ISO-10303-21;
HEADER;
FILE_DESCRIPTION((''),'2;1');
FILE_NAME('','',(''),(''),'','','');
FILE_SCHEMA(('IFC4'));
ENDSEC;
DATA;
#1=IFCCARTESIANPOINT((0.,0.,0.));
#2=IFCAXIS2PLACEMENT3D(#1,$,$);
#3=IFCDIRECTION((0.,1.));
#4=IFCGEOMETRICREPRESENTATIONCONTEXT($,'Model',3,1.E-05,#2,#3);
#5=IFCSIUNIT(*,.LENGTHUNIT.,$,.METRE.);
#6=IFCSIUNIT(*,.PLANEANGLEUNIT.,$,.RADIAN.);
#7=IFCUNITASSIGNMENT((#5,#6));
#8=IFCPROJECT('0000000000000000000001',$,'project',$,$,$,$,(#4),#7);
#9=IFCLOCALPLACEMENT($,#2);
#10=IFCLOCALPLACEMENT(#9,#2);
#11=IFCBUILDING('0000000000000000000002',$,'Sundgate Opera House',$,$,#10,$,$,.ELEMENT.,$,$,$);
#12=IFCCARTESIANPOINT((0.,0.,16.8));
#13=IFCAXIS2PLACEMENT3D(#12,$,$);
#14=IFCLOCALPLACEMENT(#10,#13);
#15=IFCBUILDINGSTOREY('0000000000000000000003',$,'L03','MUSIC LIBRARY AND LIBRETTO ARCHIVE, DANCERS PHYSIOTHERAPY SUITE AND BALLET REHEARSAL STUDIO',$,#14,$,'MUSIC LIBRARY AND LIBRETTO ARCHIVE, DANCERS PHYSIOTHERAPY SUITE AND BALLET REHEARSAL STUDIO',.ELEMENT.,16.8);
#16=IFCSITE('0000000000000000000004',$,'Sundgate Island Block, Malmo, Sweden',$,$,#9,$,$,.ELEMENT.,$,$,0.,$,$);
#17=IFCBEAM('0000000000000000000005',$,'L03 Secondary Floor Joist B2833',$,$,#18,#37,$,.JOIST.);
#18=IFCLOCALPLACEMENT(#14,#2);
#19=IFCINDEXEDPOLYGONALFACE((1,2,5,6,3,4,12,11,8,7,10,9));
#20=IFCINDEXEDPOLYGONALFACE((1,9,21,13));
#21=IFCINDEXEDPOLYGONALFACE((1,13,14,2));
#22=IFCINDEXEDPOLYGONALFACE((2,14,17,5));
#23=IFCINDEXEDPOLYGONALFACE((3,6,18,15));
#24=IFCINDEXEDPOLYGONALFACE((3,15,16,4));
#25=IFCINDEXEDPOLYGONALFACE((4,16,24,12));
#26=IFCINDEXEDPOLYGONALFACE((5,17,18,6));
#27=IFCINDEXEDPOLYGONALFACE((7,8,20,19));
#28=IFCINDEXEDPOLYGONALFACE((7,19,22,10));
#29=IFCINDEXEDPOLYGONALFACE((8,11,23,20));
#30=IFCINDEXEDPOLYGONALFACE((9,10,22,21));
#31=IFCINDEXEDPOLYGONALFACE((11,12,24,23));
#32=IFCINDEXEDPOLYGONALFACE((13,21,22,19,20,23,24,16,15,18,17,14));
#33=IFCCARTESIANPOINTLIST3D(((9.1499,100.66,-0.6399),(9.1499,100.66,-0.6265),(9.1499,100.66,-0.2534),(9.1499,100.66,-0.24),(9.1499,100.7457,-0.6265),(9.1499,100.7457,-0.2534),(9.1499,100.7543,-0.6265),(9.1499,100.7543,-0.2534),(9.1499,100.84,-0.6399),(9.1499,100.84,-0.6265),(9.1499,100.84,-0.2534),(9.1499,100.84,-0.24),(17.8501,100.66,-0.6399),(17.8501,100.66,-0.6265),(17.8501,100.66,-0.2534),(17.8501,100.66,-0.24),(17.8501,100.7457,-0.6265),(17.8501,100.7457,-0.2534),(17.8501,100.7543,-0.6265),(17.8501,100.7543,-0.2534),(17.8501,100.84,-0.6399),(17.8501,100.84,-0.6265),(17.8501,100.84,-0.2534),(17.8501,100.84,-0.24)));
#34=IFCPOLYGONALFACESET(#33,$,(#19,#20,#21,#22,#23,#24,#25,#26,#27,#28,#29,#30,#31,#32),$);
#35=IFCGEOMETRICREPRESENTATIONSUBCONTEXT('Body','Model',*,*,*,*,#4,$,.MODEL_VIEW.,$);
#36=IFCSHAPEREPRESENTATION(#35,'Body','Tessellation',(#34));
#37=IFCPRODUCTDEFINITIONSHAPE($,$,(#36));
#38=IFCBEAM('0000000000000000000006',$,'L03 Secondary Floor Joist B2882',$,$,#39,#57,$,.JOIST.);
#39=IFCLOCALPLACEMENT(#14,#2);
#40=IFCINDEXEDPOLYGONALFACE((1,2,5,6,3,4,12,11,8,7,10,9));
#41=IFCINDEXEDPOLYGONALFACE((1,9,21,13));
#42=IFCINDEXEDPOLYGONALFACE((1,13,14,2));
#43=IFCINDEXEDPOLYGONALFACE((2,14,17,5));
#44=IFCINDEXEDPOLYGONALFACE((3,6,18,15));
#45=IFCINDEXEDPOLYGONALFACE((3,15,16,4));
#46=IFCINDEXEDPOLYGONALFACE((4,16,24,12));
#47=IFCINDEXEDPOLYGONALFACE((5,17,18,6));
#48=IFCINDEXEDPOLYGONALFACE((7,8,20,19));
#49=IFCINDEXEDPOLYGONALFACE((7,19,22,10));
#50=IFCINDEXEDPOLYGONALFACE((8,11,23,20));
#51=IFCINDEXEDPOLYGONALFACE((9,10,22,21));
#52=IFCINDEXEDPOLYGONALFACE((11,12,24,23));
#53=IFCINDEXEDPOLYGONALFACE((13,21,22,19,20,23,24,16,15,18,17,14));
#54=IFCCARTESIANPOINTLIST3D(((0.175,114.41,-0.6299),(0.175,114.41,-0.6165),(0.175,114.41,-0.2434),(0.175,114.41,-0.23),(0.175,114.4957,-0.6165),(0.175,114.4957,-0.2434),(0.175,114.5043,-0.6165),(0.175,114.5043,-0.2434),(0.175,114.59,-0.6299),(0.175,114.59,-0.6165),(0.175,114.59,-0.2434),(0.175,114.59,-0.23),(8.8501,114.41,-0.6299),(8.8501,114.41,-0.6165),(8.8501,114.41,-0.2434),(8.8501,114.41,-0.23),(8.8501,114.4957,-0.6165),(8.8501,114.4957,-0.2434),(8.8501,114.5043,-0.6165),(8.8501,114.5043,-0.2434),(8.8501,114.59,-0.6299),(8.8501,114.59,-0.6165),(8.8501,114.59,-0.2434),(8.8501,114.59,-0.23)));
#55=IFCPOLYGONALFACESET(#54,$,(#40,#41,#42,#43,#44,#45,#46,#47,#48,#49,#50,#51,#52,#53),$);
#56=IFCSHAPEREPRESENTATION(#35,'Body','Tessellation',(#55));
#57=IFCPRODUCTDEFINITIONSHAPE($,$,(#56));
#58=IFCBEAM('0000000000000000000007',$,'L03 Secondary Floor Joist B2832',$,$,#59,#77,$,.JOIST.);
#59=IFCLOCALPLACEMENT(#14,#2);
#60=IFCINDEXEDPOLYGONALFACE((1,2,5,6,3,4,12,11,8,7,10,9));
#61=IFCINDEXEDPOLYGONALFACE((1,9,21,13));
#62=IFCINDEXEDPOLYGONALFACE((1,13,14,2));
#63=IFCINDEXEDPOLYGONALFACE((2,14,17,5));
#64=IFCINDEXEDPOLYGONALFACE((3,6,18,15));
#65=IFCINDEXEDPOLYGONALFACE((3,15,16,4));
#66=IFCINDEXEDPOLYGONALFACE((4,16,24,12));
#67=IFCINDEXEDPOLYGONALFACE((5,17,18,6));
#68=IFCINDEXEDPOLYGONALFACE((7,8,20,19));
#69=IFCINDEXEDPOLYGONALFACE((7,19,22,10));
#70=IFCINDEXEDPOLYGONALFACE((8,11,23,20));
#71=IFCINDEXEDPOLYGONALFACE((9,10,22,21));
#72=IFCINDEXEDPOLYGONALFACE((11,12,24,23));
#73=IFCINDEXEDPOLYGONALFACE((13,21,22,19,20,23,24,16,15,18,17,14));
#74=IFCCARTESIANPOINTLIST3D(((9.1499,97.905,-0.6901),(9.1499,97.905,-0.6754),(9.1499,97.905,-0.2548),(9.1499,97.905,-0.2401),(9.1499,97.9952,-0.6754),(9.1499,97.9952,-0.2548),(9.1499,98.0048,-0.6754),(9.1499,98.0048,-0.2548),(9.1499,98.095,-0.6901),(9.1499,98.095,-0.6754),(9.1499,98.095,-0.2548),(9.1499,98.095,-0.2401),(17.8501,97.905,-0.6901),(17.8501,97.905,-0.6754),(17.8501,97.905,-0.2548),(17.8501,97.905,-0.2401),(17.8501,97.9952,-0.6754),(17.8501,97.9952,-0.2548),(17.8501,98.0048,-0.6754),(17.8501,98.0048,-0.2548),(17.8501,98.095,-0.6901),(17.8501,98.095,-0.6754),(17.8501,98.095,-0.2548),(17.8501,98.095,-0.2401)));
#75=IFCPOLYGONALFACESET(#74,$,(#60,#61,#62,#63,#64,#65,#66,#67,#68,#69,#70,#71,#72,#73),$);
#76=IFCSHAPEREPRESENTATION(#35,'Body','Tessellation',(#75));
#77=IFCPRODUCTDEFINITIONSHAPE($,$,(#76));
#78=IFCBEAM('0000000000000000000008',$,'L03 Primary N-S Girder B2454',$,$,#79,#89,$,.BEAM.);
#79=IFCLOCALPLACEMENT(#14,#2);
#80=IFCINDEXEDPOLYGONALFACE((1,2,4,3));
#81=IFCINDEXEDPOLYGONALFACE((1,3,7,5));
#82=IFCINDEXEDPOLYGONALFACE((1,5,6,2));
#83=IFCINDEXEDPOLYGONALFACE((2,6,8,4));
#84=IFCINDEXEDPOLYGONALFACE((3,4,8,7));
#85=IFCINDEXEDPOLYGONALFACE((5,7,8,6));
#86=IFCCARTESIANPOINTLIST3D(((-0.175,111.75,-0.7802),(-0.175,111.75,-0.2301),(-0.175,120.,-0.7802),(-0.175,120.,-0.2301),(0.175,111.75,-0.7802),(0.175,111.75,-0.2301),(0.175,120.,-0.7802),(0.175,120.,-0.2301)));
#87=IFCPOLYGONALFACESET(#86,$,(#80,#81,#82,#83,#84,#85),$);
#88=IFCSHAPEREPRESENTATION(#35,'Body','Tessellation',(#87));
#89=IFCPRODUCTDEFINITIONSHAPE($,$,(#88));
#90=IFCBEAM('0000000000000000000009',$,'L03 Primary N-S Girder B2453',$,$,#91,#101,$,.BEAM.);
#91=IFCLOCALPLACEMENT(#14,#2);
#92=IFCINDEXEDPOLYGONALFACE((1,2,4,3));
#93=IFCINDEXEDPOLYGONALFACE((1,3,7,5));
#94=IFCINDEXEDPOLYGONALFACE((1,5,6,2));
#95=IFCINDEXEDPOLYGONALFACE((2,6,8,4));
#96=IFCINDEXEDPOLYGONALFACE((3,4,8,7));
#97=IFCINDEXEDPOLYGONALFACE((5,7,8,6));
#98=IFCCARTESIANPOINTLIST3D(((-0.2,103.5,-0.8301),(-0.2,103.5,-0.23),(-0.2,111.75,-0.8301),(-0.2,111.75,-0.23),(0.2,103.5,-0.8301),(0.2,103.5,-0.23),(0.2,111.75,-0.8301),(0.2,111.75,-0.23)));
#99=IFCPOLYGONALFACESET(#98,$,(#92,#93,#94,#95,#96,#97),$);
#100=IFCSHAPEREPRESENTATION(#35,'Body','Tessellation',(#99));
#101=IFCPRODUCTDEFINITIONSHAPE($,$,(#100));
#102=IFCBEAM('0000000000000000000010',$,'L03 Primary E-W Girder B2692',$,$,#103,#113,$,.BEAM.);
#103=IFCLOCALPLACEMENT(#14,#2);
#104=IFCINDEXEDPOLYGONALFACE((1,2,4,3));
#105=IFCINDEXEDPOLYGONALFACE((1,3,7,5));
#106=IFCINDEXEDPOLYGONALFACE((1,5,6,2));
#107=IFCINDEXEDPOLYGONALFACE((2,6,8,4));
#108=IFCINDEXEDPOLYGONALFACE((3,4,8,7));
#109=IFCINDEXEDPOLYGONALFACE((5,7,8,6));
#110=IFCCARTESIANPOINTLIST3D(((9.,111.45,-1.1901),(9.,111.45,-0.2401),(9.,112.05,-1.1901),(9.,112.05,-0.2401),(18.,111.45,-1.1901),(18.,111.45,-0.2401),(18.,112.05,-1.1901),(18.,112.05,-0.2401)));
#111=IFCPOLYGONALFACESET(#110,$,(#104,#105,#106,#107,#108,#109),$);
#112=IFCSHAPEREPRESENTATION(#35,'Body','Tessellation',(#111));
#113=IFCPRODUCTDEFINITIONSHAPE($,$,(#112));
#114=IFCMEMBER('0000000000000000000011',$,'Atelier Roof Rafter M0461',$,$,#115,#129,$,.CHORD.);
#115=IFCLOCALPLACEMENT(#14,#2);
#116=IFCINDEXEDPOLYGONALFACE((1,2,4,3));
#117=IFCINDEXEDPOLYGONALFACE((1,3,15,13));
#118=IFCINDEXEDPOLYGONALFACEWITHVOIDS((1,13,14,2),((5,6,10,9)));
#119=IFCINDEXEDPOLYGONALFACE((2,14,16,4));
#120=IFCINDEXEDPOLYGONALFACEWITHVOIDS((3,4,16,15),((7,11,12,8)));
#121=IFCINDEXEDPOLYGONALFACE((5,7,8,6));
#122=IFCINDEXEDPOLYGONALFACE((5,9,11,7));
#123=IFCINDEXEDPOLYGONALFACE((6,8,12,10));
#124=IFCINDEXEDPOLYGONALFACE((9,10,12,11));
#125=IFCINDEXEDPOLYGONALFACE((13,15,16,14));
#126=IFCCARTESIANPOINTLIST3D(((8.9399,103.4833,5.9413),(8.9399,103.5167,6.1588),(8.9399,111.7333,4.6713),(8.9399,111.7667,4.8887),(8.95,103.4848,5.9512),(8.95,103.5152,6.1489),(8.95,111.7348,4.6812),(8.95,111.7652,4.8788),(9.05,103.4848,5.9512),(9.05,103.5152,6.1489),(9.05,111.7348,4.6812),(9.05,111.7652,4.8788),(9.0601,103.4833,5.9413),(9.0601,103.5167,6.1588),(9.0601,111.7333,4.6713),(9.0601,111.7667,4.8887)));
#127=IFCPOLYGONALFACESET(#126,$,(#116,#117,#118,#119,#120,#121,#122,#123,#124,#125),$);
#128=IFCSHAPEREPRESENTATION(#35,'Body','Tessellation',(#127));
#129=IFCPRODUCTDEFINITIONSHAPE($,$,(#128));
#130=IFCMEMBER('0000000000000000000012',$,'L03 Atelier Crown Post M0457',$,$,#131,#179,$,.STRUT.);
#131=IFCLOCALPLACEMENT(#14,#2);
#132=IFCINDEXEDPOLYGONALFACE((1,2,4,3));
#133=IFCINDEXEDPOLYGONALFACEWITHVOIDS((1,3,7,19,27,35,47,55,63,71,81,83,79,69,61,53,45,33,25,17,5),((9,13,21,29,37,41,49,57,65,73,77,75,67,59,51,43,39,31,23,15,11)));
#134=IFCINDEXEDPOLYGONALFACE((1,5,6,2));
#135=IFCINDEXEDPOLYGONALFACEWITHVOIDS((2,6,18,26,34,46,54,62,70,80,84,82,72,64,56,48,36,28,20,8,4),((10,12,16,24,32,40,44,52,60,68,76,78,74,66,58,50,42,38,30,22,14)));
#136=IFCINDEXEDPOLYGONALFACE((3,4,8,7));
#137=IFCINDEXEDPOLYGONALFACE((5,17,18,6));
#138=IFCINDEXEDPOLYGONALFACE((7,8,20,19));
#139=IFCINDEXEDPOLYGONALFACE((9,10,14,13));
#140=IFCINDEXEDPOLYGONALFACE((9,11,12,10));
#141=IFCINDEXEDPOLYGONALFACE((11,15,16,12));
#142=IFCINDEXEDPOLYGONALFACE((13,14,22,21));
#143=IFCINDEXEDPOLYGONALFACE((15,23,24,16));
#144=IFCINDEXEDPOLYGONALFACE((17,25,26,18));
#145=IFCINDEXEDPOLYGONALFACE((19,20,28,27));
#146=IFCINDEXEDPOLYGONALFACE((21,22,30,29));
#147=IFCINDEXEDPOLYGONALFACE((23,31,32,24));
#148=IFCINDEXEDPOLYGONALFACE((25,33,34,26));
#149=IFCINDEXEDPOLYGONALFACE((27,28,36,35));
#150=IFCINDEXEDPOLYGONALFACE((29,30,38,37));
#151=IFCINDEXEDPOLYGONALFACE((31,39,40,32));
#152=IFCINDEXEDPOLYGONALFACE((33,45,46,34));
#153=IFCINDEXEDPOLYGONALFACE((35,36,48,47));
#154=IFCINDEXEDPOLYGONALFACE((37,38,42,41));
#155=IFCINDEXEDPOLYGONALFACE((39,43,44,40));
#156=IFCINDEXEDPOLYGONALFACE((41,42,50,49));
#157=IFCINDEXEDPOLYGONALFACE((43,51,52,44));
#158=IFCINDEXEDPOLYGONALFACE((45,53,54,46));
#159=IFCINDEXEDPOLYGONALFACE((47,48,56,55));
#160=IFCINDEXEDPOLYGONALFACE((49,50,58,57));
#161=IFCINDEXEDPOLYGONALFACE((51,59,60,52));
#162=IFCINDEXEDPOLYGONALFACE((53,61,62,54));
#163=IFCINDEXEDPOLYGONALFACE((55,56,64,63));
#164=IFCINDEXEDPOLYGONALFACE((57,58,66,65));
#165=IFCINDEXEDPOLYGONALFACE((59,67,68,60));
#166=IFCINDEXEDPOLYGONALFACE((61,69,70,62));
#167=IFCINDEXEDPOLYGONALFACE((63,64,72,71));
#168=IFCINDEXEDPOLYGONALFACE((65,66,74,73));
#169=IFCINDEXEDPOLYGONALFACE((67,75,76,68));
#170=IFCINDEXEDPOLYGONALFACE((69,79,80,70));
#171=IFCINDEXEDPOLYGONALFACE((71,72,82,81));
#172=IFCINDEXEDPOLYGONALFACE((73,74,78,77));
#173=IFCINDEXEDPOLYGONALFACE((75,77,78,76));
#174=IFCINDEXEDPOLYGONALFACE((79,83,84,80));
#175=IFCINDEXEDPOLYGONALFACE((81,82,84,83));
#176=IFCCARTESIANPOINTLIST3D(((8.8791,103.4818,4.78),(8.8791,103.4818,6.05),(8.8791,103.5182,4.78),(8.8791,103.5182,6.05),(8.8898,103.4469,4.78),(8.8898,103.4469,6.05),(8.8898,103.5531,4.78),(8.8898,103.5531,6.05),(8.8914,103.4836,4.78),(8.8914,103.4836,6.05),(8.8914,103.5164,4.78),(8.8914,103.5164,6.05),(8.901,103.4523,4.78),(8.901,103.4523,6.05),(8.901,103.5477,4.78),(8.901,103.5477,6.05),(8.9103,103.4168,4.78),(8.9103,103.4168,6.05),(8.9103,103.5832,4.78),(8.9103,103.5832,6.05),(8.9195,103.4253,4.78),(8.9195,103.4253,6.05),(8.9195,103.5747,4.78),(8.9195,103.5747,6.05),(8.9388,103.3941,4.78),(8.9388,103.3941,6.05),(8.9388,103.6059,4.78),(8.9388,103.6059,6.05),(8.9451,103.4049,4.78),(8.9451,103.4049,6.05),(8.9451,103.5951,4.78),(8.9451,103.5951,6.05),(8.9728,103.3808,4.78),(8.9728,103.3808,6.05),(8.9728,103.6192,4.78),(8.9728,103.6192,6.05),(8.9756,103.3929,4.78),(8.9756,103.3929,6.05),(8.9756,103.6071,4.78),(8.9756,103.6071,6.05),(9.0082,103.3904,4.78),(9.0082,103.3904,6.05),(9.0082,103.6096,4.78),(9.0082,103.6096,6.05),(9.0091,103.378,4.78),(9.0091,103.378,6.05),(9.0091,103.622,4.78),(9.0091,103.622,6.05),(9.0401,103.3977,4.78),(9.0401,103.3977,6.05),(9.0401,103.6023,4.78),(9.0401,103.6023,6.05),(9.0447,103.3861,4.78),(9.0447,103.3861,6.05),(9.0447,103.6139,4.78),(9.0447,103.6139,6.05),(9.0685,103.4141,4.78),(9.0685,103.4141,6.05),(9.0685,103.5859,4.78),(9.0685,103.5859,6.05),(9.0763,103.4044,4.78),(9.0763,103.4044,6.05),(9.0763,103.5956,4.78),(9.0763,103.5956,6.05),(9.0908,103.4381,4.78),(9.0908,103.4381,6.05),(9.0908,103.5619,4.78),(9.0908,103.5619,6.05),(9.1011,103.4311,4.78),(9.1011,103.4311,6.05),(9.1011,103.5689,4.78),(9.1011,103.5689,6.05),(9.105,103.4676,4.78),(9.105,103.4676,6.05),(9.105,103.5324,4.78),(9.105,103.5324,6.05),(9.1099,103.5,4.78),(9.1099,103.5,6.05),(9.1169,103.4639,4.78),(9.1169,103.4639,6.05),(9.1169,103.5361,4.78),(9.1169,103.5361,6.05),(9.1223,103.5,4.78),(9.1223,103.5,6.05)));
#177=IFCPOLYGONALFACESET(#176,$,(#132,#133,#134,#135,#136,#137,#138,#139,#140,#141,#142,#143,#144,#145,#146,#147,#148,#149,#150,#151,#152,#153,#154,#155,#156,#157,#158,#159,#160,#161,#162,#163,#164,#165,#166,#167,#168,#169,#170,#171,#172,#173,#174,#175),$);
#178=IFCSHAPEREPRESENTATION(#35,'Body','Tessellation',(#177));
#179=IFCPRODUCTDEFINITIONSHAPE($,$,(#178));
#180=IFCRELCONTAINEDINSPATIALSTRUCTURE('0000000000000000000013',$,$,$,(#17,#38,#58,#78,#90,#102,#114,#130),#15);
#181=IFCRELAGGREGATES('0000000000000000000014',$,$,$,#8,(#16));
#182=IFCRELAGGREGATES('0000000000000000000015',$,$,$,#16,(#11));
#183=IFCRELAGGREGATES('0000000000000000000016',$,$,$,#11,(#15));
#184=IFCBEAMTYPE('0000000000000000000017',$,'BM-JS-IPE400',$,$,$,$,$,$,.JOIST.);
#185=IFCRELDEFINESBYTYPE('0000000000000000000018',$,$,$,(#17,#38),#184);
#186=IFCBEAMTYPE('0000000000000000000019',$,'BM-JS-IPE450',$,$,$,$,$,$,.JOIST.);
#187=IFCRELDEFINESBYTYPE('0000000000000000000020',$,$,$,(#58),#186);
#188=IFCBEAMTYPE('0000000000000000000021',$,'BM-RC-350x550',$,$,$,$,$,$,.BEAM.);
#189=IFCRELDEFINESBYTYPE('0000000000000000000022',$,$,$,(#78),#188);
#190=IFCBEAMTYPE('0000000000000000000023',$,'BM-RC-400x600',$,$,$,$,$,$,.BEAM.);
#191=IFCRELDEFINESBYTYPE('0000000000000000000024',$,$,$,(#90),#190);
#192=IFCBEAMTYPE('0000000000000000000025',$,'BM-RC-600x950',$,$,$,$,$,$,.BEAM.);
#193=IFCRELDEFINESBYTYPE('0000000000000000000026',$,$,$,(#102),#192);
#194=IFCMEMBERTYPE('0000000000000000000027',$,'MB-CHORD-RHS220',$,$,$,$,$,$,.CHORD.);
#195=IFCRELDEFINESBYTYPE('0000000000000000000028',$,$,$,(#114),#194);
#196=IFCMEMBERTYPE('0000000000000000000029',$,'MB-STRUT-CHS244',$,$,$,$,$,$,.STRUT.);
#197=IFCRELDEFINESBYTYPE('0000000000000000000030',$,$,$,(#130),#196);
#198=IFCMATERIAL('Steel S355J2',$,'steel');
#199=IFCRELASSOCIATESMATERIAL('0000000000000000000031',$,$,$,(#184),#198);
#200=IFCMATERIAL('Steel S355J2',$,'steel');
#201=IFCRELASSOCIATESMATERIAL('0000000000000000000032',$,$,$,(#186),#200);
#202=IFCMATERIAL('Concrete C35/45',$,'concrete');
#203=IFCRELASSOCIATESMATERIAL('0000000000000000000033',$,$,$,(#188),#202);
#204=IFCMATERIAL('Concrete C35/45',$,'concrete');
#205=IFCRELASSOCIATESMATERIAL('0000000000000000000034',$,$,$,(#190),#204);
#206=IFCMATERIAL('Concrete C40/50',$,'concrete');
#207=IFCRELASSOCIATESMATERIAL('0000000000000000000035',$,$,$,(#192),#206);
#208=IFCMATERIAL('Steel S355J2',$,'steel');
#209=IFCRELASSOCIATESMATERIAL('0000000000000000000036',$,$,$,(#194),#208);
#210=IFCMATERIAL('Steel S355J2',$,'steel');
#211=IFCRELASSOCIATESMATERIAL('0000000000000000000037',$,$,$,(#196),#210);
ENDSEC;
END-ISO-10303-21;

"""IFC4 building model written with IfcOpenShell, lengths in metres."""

from ifc_helpers import new_model, si_unit, direction, frame, origin, origin_2d, place, context, subcontext, project, spatial, rectangle, hollow_rectangle, hollow_circle, i_section, extrude, material, material_profile, profile_set, type_object, element, save


model = new_model("IFC4")

# Units and contexts
model_context = context("Model", 3, precision=1e-05, world=origin(), true_north=direction((0.0, 1.0)))
body_context = subcontext(model_context, "Body", "Model", "MODEL_VIEW")
ifc_project = project(units=[si_unit("LENGTHUNIT", "METRE"), si_unit("PLANEANGLEUNIT", "RADIAN")], contexts=[model_context])

# Site, building, storey
site_placement = place(None, origin())
site = spatial("IfcSite", under=ifc_project, at=site_placement, Name="Sundgate Island Block, Malmo, Sweden", CompositionType="ELEMENT", RefElevation=0.0)
building_placement = place(site_placement, origin())
building = spatial("IfcBuilding", under=site, at=building_placement, Name="Sundgate Opera House", CompositionType="ELEMENT")
storey_placement = place(building_placement, frame((0.0, 0.0, 16.8)))
storey = spatial("IfcBuildingStorey", under=building, at=storey_placement, Name="L03", Description="MUSIC LIBRARY AND LIBRETTO ARCHIVE, DANCERS PHYSIOTHERAPY SUITE AND BALLET REHEARSAL STUDIO", LongName="MUSIC LIBRARY AND LIBRETTO ARCHIVE, DANCERS PHYSIOTHERAPY SUITE AND BALLET REHEARSAL STUDIO", CompositionType="ELEMENT", Elevation=16.8)

# Beams
ifc_material_1 = material(Name="Steel S355J2", Category="steel")
ifc_material_profile_1 = material_profile(ifc_material_1, i_section(OverallWidth=0.1799, OverallDepth=0.3999, WebThickness=0.0085, FlangeThickness=0.0134, at=origin_2d()), Name="IPE 400")
ifc_profile_set_1 = profile_set([ifc_material_profile_1], Name="Steel S355J2")
beam_type_1 = type_object("IfcBeamType", Name="BM-JS-IPE400", PredefinedType="JOIST", material=ifc_profile_set_1)
beam_1_placement = place(storey_placement, frame((9.1499, 100.75, -0.4399), z_axis=(1.0, 0.0, 0.0), x_axis=(0.0, 1.0, 0.0)))
element("IfcBeam", 1, at=beam_1_placement, inside=storey, type_object=beam_type_1, Name="L03 Secondary Floor Joist B2833", PredefinedType="JOIST", context=body_context, shape_type="SweptSolid", body=[
    extrude(i_section(OverallWidth=0.1799, OverallDepth=0.3999, WebThickness=0.0085, FlangeThickness=0.0134, at=origin_2d()), origin(), (0.0, 0.0, 1.0), 8.7002),
])
beam_2_placement = place(storey_placement, frame((0.175, 114.5, -0.4299), z_axis=(1.0, 0.0, 0.0), x_axis=(0.0, 1.0, 0.0)))
element("IfcBeam", 2, at=beam_2_placement, inside=storey, type_object=beam_type_1, Name="L03 Secondary Floor Joist B2882", PredefinedType="JOIST", context=body_context, shape_type="SweptSolid", body=[
    extrude(i_section(OverallWidth=0.1799, OverallDepth=0.3999, WebThickness=0.0085, FlangeThickness=0.0134, at=origin_2d()), origin(), (0.0, 0.0, 1.0), 8.675),
])
ifc_material_2 = material(Name="Steel S355J2", Category="steel")
ifc_material_profile_2 = material_profile(ifc_material_2, i_section(OverallWidth=0.1899, OverallDepth=0.45, WebThickness=0.0095, FlangeThickness=0.0146, at=origin_2d()), Name="IPE 450")
ifc_profile_set_2 = profile_set([ifc_material_profile_2], Name="Steel S355J2")
beam_type_2 = type_object("IfcBeamType", Name="BM-JS-IPE450", PredefinedType="JOIST", material=ifc_profile_set_2)
beam_3_placement = place(storey_placement, frame((9.1499, 98.0, -0.4651), z_axis=(1.0, 0.0, 0.0), x_axis=(0.0, 1.0, 0.0)))
element("IfcBeam", 3, at=beam_3_placement, inside=storey, type_object=beam_type_2, Name="L03 Secondary Floor Joist B2832", PredefinedType="JOIST", context=body_context, shape_type="SweptSolid", body=[
    extrude(i_section(OverallWidth=0.1899, OverallDepth=0.45, WebThickness=0.0095, FlangeThickness=0.0146, at=origin_2d()), origin(), (0.0, 0.0, 1.0), 8.7002),
])
ifc_material_3 = material(Name="Concrete C35/45", Category="concrete")
ifc_material_profile_3 = material_profile(ifc_material_3, rectangle(XDim=0.3501, YDim=0.55, at=origin_2d()), Name="RC 350x550")
ifc_profile_set_3 = profile_set([ifc_material_profile_3], Name="Concrete C35/45")
beam_type_3 = type_object("IfcBeamType", Name="BM-RC-350x550", PredefinedType="BEAM", material=ifc_profile_set_3)
beam_4_placement = place(storey_placement, frame((0.0, 111.75, -0.5051), z_axis=(0.0, 1.0, 0.0), x_axis=(-1.0, 0.0, 0.0)))
element("IfcBeam", 4, at=beam_4_placement, inside=storey, type_object=beam_type_3, Name="L03 Primary N-S Girder B2454", PredefinedType="BEAM", context=body_context, shape_type="SweptSolid", body=[
    extrude(rectangle(XDim=0.3501, YDim=0.55, at=origin_2d()), origin(), (0.0, 0.0, 1.0), 8.25),
])
ifc_material_4 = material(Name="Concrete C35/45", Category="concrete")
ifc_material_profile_4 = material_profile(ifc_material_4, rectangle(XDim=0.3999, YDim=0.6001, at=origin_2d()), Name="RC 400x600")
ifc_profile_set_4 = profile_set([ifc_material_profile_4], Name="Concrete C35/45")
beam_type_4 = type_object("IfcBeamType", Name="BM-RC-400x600", PredefinedType="BEAM", material=ifc_profile_set_4)
beam_5_placement = place(storey_placement, frame((0.0, 103.5, -0.53), z_axis=(0.0, 1.0, 0.0), x_axis=(-1.0, 0.0, 0.0)))
element("IfcBeam", 5, at=beam_5_placement, inside=storey, type_object=beam_type_4, Name="L03 Primary N-S Girder B2453", PredefinedType="BEAM", context=body_context, shape_type="SweptSolid", body=[
    extrude(rectangle(XDim=0.3999, YDim=0.6001, at=origin_2d()), origin(), (0.0, 0.0, 1.0), 8.25),
])
ifc_material_5 = material(Name="Concrete C40/50", Category="concrete")
ifc_material_profile_5 = material_profile(ifc_material_5, rectangle(XDim=0.6001, YDim=0.95, at=origin_2d()), Name="RC 600x950")
ifc_profile_set_5 = profile_set([ifc_material_profile_5], Name="Concrete C40/50")
beam_type_5 = type_object("IfcBeamType", Name="BM-RC-600x950", PredefinedType="BEAM", material=ifc_profile_set_5)
beam_6_placement = place(storey_placement, frame((9.0, 111.75, -0.7151), z_axis=(1.0, 0.0, 0.0), x_axis=(0.0, 1.0, 0.0)))
element("IfcBeam", 6, at=beam_6_placement, inside=storey, type_object=beam_type_5, Name="L03 Primary E-W Girder B2692", PredefinedType="BEAM", context=body_context, shape_type="SweptSolid", body=[
    extrude(rectangle(XDim=0.6001, YDim=0.95, at=origin_2d()), origin(), (0.0, 0.0, 1.0), 9.0),
])

# Members
ifc_material_6 = material(Name="Steel S355J2", Category="steel")
ifc_material_profile_6 = material_profile(ifc_material_6, hollow_rectangle(XDim=0.1201, YDim=0.22, WallThickness=0.01, at=origin_2d()), Name="RHS 220x120x10.0")
ifc_profile_set_6 = profile_set([ifc_material_profile_6], Name="Steel S355J2")
member_type_1 = type_object("IfcMemberType", Name="MB-CHORD-RHS220", PredefinedType="CHORD", material=ifc_profile_set_6)
member_1_placement = place(storey_placement, frame((9.0, 103.5, 6.05), z_axis=(0.0, 0.988357, -0.152149), x_axis=(-1.0, 0.0, 0.0)))
element("IfcMember", 7, at=member_1_placement, inside=storey, type_object=member_type_1, Name="Atelier Roof Rafter M0461", PredefinedType="CHORD", context=body_context, shape_type="SweptSolid", body=[
    extrude(hollow_rectangle(XDim=0.1201, YDim=0.22, WallThickness=0.01, at=origin_2d()), origin(), (0.0, 0.0, 1.0), 8.3472),
])
ifc_material_7 = material(Name="Steel S355J2", Category="steel")
ifc_material_profile_7 = material_profile(ifc_material_7, hollow_circle(Radius=0.1223, WallThickness=0.0125, at=origin_2d()), Name="CHS 244.5x12.5")
ifc_profile_set_7 = profile_set([ifc_material_profile_7], Name="Steel S355J2")
member_type_2 = type_object("IfcMemberType", Name="MB-STRUT-CHS244", PredefinedType="STRUT", material=ifc_profile_set_7)
member_2_placement = place(storey_placement, frame((9.0, 103.5, 4.78), z_axis=(0.0, 0.0, 1.0), x_axis=(1.0, 0.0, 0.0)))
element("IfcMember", 8, at=member_2_placement, inside=storey, type_object=member_type_2, Name="L03 Atelier Crown Post M0457", PredefinedType="STRUT", context=body_context, shape_type="SweptSolid", body=[
    extrude(hollow_circle(Radius=0.1223, WallThickness=0.0125, at=origin_2d()), origin(), (0.0, 0.0, 1.0), 1.27),
])

save(model, "model.ifc")
